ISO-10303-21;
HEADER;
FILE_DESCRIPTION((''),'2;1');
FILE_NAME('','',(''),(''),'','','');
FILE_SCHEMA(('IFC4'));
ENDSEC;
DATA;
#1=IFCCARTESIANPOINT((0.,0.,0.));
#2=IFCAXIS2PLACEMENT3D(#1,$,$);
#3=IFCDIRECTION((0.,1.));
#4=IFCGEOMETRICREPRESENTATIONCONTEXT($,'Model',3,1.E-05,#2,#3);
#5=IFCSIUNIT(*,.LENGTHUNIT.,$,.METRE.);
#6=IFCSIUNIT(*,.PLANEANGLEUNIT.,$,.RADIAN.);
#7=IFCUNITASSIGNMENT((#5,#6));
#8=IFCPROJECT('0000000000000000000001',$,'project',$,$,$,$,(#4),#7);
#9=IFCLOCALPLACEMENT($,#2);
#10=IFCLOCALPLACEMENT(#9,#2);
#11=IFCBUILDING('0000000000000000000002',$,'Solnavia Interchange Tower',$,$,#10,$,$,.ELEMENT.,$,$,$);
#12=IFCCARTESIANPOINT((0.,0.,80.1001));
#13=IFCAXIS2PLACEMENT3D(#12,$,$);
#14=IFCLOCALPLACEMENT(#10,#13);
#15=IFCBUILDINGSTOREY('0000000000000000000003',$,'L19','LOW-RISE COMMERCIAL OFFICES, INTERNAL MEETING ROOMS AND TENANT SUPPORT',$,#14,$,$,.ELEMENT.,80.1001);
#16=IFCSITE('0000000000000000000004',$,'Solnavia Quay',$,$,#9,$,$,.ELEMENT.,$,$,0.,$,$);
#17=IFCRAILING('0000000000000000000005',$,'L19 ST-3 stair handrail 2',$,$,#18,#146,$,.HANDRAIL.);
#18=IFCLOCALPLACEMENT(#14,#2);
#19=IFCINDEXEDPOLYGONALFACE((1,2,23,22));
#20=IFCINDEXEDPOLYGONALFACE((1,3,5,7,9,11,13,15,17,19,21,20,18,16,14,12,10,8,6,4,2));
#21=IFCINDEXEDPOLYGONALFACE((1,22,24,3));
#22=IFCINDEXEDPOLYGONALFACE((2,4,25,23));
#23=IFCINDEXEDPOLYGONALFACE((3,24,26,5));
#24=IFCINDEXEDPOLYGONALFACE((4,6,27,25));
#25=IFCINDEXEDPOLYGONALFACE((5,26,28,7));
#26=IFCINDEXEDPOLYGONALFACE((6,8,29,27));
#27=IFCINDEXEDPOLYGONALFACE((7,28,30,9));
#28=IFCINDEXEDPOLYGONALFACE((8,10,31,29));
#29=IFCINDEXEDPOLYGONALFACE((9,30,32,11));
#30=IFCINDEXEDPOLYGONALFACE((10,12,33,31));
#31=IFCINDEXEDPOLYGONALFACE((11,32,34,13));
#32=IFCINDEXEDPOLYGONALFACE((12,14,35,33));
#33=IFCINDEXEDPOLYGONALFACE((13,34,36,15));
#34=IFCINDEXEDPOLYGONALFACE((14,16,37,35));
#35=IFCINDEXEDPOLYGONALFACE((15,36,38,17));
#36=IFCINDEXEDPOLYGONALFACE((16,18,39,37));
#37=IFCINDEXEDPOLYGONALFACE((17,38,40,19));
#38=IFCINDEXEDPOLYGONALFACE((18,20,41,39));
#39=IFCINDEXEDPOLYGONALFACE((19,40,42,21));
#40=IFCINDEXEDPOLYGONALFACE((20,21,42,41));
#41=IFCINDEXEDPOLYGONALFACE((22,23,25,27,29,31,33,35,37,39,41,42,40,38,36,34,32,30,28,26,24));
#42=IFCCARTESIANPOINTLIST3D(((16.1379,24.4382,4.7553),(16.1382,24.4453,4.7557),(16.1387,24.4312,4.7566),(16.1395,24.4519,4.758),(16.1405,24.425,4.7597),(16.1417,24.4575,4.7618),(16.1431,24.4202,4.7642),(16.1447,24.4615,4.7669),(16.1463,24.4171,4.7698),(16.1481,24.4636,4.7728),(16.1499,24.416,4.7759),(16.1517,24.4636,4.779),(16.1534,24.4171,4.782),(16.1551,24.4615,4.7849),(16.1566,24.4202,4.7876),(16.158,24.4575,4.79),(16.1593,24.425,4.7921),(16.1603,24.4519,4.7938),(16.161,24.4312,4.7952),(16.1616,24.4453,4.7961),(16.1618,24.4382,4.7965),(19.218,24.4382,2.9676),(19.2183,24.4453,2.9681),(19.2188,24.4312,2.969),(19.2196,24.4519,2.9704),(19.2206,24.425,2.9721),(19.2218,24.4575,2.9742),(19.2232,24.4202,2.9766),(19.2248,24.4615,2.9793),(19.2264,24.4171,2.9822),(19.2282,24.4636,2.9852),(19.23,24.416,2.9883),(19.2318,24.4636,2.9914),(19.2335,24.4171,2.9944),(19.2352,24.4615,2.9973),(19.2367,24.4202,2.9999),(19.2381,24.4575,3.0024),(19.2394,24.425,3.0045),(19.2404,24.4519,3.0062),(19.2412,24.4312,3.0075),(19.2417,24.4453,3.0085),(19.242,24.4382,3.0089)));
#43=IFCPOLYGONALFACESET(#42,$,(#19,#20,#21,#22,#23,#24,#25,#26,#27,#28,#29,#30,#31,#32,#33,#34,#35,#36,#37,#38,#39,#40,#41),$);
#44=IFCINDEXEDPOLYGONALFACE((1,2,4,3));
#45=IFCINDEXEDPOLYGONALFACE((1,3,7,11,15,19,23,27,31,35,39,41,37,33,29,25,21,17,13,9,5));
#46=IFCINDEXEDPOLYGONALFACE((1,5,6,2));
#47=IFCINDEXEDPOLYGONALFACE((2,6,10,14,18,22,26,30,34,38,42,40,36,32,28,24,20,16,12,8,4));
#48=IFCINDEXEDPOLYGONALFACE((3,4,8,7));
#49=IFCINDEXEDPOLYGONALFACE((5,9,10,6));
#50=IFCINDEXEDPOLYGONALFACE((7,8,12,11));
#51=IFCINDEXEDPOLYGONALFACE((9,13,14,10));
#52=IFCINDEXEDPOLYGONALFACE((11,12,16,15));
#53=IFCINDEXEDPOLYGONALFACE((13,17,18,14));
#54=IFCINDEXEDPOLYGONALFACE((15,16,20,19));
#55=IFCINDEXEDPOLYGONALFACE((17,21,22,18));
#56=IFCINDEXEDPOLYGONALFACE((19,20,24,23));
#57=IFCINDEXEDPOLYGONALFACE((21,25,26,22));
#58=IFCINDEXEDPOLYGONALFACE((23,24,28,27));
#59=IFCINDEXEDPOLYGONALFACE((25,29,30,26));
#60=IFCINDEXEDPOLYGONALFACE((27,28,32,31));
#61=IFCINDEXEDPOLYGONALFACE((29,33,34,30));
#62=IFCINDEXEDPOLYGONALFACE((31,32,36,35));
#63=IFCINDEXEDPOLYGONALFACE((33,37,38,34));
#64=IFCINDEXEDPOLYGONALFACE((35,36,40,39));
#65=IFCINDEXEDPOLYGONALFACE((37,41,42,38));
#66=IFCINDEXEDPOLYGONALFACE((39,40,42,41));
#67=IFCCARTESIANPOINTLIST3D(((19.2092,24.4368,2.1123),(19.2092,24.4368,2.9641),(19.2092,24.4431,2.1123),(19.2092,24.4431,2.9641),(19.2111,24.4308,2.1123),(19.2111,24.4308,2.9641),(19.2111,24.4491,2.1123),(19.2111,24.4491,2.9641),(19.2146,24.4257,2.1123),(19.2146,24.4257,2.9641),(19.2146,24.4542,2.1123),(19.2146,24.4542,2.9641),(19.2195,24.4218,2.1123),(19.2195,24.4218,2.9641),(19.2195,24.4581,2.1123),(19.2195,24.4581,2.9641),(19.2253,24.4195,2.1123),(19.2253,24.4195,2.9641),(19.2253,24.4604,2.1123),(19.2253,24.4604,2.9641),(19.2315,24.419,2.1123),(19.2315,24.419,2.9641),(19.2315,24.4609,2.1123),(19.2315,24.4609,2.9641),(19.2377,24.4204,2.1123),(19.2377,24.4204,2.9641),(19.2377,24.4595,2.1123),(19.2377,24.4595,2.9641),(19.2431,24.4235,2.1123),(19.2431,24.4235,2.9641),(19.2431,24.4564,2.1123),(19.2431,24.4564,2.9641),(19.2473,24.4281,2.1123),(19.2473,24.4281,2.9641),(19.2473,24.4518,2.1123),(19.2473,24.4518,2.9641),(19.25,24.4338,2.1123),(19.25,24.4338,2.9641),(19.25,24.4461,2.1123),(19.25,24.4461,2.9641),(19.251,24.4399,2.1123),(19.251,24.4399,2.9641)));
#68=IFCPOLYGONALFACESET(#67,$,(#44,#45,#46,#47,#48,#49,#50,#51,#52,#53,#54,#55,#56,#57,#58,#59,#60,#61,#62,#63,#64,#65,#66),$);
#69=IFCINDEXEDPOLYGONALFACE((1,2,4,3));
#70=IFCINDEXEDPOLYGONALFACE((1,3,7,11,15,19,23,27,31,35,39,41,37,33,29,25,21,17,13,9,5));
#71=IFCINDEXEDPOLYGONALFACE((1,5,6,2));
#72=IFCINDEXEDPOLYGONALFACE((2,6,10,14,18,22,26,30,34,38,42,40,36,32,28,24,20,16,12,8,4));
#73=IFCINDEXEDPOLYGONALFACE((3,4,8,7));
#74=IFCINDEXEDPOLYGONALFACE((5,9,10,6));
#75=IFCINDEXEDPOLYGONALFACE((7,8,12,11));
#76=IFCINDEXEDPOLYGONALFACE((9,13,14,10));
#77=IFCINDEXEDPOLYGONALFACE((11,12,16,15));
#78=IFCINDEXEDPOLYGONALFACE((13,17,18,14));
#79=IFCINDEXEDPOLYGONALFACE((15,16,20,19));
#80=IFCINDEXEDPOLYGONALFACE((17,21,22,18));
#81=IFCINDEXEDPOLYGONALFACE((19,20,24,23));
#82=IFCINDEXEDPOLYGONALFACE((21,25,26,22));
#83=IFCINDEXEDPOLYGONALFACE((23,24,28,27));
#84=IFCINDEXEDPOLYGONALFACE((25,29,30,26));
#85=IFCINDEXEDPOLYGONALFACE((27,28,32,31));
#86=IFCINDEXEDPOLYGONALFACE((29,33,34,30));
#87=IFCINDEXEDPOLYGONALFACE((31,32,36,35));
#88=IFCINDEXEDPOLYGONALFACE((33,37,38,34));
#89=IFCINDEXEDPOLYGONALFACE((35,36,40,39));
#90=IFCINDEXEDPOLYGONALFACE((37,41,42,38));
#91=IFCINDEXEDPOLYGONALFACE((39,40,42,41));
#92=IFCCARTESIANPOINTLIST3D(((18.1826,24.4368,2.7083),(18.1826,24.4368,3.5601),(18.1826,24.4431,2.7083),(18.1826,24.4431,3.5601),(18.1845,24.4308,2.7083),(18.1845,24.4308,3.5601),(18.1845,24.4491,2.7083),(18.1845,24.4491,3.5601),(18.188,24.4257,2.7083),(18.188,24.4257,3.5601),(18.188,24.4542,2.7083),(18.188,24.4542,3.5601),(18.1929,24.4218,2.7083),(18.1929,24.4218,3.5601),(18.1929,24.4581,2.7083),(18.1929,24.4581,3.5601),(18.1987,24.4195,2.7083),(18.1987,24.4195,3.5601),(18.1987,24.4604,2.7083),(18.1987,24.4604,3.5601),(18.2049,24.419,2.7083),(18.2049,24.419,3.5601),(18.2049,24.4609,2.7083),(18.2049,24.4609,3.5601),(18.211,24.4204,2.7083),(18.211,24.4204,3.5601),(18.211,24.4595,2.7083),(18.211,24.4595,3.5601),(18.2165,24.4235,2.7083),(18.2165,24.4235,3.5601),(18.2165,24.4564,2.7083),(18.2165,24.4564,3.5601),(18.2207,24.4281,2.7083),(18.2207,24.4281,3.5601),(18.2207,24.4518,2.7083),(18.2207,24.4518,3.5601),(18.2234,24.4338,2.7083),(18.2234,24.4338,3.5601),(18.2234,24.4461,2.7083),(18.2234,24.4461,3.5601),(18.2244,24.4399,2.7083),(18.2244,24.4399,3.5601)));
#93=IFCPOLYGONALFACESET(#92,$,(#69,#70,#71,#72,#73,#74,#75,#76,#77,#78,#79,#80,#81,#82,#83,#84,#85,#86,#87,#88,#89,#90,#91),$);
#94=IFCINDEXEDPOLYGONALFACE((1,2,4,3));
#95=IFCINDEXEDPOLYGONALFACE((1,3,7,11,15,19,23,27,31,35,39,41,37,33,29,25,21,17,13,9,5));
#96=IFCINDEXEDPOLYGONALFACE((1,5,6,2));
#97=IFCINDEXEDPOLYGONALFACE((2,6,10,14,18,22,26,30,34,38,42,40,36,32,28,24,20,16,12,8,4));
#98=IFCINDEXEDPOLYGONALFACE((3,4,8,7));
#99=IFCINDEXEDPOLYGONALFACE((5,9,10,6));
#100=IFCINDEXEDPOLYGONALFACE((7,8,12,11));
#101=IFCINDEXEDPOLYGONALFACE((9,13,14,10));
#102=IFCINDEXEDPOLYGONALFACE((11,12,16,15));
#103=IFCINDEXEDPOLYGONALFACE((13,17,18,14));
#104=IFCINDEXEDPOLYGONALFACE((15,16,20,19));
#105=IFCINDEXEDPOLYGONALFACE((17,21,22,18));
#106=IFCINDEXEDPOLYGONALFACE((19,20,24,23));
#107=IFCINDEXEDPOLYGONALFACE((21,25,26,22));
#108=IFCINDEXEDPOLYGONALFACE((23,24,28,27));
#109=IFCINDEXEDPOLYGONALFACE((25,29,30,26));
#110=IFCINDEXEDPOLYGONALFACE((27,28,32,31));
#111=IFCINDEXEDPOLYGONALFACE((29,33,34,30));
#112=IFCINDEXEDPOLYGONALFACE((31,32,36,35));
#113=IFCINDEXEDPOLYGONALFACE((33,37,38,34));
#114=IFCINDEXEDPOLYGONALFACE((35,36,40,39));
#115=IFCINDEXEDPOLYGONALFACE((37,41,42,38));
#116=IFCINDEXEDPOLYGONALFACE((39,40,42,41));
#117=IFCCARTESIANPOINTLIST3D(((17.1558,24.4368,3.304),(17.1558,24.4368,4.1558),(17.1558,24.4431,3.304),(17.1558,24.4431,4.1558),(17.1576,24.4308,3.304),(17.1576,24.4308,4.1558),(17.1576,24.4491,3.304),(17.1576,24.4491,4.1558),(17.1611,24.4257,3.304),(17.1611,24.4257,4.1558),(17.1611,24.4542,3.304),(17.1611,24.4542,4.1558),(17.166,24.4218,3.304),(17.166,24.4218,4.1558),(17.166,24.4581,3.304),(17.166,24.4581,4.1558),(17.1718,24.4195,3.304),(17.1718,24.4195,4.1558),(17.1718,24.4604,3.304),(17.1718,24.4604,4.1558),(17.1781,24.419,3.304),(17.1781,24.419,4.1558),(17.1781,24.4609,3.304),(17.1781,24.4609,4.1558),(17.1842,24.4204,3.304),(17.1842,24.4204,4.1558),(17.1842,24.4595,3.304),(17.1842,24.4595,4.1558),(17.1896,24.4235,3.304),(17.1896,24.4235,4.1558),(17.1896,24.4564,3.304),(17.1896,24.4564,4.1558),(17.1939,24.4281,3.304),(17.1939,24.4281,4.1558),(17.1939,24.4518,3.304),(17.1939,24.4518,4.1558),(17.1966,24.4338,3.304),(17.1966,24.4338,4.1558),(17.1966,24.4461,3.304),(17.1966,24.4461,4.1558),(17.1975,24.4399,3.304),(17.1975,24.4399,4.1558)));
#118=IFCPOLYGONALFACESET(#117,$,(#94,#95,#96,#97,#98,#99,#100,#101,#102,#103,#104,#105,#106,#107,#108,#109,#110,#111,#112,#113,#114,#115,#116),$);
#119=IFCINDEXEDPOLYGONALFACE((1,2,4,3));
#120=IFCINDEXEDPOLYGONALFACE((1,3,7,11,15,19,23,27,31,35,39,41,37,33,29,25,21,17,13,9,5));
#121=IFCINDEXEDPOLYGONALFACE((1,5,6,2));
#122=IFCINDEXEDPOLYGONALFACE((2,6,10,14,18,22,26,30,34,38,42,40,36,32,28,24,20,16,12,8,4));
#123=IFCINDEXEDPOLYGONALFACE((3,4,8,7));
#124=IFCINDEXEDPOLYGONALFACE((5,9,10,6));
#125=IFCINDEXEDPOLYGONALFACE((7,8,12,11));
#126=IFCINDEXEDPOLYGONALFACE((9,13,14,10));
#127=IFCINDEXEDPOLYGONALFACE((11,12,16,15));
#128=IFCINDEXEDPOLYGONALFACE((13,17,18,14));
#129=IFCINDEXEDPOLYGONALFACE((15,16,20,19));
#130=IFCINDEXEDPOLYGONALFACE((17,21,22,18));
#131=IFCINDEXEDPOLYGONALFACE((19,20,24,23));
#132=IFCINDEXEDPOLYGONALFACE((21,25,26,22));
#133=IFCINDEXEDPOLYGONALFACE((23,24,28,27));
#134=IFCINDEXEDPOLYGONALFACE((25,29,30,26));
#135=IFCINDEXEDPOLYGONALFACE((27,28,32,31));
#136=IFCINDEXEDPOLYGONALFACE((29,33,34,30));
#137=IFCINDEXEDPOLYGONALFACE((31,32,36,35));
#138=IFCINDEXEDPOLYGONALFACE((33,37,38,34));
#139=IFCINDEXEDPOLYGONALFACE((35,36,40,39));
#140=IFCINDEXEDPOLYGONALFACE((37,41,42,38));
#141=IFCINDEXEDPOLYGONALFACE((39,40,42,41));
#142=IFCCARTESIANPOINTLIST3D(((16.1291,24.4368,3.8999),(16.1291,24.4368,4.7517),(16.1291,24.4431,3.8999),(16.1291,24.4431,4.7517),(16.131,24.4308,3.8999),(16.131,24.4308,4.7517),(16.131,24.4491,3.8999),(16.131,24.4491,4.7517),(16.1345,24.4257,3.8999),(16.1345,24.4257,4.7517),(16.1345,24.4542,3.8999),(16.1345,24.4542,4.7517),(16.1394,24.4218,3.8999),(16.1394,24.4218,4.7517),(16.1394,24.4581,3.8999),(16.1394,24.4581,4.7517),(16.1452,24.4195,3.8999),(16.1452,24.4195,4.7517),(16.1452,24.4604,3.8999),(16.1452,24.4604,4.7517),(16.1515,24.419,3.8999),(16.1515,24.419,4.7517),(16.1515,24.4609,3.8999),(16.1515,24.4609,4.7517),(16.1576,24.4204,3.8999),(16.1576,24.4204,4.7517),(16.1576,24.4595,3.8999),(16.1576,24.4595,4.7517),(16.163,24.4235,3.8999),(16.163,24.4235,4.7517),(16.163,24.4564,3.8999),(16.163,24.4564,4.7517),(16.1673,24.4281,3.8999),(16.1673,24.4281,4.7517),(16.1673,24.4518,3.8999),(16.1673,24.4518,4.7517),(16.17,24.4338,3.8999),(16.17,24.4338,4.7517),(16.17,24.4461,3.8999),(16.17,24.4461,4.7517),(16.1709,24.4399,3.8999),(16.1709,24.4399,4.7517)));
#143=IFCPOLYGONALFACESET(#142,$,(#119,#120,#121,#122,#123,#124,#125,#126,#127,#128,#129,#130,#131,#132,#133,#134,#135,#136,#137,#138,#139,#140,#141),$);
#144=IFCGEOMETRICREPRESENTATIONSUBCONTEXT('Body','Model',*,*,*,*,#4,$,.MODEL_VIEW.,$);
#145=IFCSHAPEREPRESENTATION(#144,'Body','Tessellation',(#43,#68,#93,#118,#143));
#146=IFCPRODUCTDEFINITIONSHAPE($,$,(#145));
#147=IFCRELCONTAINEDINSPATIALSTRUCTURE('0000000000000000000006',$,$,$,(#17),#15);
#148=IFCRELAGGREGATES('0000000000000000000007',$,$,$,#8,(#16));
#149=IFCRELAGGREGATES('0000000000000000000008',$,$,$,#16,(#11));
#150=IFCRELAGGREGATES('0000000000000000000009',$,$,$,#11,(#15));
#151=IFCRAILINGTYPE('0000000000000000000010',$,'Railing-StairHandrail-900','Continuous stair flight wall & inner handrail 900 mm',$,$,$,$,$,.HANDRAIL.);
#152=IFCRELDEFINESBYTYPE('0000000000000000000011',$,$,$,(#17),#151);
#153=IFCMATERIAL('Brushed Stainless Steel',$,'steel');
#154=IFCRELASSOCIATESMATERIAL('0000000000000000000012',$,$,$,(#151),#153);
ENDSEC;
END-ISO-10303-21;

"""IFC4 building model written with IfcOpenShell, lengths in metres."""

from ifc_helpers import new_model, si_unit, direction, frame, origin, origin_2d, place, context, subcontext, project, spatial, circle, extrude, material, type_object, element, save


model = new_model("IFC4")

# Units and contexts
model_context = context("Model", 3, precision=1e-05, world=origin(), true_north=direction((0.0, 1.0)))
body_context = subcontext(model_context, "Body", "Model", "MODEL_VIEW")
ifc_project = project(units=[si_unit("LENGTHUNIT", "METRE"), si_unit("PLANEANGLEUNIT", "RADIAN")], contexts=[model_context])

# Site, building, storey
site_placement = place(None, origin())
site = spatial("IfcSite", under=ifc_project, at=site_placement, Name="Solnavia Quay", CompositionType="ELEMENT", RefElevation=0.0)
building_placement = place(site_placement, origin())
building = spatial("IfcBuilding", under=site, at=building_placement, Name="Solnavia Interchange Tower", CompositionType="ELEMENT")
storey_placement = place(building_placement, frame((0.0, 0.0, 80.1001)))
storey = spatial("IfcBuildingStorey", under=building, at=storey_placement, Name="L19", Description="LOW-RISE COMMERCIAL OFFICES, INTERNAL MEETING ROOMS AND TENANT SUPPORT", CompositionType="ELEMENT", Elevation=80.1001)

# Railing
ifc_material_1 = material(Name="Brushed Stainless Steel", Category="steel")
railing_type_1 = type_object("IfcRailingType", Name="Railing-StairHandrail-900", Description="Continuous stair flight wall & inner handrail 900 mm", PredefinedType="HANDRAIL", material=ifc_material_1)
railing_1_placement = place(storey_placement, frame((19.23, 24.4399, 2.1123)))
element("IfcRailing", 1, at=railing_1_placement, inside=storey, type_object=railing_type_1, Name="L19 ST-3 stair handrail 2", PredefinedType="HANDRAIL", context=body_context, shape_type="SweptSolid", body=[
    extrude(circle(Radius=0.0239, at=origin_2d()), frame((0.0, 0.0, 0.876), z_axis=(-0.864891, 0.0, 0.50196), x_axis=(0.0, -1.0, 0.0)), (0.0, 0.0, 1.0), 3.5613),
    extrude(circle(Radius=0.021, at=origin_2d()), origin(), (0.0, 0.0, 1.0), 0.8518),
    extrude(circle(Radius=0.021, at=origin_2d()), frame((-1.0266, 0.0, 0.5959)), (0.0, 0.0, 1.0), 0.8518),
    extrude(circle(Radius=0.021, at=origin_2d()), frame((-2.0535, 0.0, 1.1917)), (0.0, 0.0, 1.0), 0.8518),
    extrude(circle(Radius=0.021, at=origin_2d()), frame((-3.0801, 0.0, 1.7876)), (0.0, 0.0, 1.0), 0.8518),
])

save(model, "model.ifc")
